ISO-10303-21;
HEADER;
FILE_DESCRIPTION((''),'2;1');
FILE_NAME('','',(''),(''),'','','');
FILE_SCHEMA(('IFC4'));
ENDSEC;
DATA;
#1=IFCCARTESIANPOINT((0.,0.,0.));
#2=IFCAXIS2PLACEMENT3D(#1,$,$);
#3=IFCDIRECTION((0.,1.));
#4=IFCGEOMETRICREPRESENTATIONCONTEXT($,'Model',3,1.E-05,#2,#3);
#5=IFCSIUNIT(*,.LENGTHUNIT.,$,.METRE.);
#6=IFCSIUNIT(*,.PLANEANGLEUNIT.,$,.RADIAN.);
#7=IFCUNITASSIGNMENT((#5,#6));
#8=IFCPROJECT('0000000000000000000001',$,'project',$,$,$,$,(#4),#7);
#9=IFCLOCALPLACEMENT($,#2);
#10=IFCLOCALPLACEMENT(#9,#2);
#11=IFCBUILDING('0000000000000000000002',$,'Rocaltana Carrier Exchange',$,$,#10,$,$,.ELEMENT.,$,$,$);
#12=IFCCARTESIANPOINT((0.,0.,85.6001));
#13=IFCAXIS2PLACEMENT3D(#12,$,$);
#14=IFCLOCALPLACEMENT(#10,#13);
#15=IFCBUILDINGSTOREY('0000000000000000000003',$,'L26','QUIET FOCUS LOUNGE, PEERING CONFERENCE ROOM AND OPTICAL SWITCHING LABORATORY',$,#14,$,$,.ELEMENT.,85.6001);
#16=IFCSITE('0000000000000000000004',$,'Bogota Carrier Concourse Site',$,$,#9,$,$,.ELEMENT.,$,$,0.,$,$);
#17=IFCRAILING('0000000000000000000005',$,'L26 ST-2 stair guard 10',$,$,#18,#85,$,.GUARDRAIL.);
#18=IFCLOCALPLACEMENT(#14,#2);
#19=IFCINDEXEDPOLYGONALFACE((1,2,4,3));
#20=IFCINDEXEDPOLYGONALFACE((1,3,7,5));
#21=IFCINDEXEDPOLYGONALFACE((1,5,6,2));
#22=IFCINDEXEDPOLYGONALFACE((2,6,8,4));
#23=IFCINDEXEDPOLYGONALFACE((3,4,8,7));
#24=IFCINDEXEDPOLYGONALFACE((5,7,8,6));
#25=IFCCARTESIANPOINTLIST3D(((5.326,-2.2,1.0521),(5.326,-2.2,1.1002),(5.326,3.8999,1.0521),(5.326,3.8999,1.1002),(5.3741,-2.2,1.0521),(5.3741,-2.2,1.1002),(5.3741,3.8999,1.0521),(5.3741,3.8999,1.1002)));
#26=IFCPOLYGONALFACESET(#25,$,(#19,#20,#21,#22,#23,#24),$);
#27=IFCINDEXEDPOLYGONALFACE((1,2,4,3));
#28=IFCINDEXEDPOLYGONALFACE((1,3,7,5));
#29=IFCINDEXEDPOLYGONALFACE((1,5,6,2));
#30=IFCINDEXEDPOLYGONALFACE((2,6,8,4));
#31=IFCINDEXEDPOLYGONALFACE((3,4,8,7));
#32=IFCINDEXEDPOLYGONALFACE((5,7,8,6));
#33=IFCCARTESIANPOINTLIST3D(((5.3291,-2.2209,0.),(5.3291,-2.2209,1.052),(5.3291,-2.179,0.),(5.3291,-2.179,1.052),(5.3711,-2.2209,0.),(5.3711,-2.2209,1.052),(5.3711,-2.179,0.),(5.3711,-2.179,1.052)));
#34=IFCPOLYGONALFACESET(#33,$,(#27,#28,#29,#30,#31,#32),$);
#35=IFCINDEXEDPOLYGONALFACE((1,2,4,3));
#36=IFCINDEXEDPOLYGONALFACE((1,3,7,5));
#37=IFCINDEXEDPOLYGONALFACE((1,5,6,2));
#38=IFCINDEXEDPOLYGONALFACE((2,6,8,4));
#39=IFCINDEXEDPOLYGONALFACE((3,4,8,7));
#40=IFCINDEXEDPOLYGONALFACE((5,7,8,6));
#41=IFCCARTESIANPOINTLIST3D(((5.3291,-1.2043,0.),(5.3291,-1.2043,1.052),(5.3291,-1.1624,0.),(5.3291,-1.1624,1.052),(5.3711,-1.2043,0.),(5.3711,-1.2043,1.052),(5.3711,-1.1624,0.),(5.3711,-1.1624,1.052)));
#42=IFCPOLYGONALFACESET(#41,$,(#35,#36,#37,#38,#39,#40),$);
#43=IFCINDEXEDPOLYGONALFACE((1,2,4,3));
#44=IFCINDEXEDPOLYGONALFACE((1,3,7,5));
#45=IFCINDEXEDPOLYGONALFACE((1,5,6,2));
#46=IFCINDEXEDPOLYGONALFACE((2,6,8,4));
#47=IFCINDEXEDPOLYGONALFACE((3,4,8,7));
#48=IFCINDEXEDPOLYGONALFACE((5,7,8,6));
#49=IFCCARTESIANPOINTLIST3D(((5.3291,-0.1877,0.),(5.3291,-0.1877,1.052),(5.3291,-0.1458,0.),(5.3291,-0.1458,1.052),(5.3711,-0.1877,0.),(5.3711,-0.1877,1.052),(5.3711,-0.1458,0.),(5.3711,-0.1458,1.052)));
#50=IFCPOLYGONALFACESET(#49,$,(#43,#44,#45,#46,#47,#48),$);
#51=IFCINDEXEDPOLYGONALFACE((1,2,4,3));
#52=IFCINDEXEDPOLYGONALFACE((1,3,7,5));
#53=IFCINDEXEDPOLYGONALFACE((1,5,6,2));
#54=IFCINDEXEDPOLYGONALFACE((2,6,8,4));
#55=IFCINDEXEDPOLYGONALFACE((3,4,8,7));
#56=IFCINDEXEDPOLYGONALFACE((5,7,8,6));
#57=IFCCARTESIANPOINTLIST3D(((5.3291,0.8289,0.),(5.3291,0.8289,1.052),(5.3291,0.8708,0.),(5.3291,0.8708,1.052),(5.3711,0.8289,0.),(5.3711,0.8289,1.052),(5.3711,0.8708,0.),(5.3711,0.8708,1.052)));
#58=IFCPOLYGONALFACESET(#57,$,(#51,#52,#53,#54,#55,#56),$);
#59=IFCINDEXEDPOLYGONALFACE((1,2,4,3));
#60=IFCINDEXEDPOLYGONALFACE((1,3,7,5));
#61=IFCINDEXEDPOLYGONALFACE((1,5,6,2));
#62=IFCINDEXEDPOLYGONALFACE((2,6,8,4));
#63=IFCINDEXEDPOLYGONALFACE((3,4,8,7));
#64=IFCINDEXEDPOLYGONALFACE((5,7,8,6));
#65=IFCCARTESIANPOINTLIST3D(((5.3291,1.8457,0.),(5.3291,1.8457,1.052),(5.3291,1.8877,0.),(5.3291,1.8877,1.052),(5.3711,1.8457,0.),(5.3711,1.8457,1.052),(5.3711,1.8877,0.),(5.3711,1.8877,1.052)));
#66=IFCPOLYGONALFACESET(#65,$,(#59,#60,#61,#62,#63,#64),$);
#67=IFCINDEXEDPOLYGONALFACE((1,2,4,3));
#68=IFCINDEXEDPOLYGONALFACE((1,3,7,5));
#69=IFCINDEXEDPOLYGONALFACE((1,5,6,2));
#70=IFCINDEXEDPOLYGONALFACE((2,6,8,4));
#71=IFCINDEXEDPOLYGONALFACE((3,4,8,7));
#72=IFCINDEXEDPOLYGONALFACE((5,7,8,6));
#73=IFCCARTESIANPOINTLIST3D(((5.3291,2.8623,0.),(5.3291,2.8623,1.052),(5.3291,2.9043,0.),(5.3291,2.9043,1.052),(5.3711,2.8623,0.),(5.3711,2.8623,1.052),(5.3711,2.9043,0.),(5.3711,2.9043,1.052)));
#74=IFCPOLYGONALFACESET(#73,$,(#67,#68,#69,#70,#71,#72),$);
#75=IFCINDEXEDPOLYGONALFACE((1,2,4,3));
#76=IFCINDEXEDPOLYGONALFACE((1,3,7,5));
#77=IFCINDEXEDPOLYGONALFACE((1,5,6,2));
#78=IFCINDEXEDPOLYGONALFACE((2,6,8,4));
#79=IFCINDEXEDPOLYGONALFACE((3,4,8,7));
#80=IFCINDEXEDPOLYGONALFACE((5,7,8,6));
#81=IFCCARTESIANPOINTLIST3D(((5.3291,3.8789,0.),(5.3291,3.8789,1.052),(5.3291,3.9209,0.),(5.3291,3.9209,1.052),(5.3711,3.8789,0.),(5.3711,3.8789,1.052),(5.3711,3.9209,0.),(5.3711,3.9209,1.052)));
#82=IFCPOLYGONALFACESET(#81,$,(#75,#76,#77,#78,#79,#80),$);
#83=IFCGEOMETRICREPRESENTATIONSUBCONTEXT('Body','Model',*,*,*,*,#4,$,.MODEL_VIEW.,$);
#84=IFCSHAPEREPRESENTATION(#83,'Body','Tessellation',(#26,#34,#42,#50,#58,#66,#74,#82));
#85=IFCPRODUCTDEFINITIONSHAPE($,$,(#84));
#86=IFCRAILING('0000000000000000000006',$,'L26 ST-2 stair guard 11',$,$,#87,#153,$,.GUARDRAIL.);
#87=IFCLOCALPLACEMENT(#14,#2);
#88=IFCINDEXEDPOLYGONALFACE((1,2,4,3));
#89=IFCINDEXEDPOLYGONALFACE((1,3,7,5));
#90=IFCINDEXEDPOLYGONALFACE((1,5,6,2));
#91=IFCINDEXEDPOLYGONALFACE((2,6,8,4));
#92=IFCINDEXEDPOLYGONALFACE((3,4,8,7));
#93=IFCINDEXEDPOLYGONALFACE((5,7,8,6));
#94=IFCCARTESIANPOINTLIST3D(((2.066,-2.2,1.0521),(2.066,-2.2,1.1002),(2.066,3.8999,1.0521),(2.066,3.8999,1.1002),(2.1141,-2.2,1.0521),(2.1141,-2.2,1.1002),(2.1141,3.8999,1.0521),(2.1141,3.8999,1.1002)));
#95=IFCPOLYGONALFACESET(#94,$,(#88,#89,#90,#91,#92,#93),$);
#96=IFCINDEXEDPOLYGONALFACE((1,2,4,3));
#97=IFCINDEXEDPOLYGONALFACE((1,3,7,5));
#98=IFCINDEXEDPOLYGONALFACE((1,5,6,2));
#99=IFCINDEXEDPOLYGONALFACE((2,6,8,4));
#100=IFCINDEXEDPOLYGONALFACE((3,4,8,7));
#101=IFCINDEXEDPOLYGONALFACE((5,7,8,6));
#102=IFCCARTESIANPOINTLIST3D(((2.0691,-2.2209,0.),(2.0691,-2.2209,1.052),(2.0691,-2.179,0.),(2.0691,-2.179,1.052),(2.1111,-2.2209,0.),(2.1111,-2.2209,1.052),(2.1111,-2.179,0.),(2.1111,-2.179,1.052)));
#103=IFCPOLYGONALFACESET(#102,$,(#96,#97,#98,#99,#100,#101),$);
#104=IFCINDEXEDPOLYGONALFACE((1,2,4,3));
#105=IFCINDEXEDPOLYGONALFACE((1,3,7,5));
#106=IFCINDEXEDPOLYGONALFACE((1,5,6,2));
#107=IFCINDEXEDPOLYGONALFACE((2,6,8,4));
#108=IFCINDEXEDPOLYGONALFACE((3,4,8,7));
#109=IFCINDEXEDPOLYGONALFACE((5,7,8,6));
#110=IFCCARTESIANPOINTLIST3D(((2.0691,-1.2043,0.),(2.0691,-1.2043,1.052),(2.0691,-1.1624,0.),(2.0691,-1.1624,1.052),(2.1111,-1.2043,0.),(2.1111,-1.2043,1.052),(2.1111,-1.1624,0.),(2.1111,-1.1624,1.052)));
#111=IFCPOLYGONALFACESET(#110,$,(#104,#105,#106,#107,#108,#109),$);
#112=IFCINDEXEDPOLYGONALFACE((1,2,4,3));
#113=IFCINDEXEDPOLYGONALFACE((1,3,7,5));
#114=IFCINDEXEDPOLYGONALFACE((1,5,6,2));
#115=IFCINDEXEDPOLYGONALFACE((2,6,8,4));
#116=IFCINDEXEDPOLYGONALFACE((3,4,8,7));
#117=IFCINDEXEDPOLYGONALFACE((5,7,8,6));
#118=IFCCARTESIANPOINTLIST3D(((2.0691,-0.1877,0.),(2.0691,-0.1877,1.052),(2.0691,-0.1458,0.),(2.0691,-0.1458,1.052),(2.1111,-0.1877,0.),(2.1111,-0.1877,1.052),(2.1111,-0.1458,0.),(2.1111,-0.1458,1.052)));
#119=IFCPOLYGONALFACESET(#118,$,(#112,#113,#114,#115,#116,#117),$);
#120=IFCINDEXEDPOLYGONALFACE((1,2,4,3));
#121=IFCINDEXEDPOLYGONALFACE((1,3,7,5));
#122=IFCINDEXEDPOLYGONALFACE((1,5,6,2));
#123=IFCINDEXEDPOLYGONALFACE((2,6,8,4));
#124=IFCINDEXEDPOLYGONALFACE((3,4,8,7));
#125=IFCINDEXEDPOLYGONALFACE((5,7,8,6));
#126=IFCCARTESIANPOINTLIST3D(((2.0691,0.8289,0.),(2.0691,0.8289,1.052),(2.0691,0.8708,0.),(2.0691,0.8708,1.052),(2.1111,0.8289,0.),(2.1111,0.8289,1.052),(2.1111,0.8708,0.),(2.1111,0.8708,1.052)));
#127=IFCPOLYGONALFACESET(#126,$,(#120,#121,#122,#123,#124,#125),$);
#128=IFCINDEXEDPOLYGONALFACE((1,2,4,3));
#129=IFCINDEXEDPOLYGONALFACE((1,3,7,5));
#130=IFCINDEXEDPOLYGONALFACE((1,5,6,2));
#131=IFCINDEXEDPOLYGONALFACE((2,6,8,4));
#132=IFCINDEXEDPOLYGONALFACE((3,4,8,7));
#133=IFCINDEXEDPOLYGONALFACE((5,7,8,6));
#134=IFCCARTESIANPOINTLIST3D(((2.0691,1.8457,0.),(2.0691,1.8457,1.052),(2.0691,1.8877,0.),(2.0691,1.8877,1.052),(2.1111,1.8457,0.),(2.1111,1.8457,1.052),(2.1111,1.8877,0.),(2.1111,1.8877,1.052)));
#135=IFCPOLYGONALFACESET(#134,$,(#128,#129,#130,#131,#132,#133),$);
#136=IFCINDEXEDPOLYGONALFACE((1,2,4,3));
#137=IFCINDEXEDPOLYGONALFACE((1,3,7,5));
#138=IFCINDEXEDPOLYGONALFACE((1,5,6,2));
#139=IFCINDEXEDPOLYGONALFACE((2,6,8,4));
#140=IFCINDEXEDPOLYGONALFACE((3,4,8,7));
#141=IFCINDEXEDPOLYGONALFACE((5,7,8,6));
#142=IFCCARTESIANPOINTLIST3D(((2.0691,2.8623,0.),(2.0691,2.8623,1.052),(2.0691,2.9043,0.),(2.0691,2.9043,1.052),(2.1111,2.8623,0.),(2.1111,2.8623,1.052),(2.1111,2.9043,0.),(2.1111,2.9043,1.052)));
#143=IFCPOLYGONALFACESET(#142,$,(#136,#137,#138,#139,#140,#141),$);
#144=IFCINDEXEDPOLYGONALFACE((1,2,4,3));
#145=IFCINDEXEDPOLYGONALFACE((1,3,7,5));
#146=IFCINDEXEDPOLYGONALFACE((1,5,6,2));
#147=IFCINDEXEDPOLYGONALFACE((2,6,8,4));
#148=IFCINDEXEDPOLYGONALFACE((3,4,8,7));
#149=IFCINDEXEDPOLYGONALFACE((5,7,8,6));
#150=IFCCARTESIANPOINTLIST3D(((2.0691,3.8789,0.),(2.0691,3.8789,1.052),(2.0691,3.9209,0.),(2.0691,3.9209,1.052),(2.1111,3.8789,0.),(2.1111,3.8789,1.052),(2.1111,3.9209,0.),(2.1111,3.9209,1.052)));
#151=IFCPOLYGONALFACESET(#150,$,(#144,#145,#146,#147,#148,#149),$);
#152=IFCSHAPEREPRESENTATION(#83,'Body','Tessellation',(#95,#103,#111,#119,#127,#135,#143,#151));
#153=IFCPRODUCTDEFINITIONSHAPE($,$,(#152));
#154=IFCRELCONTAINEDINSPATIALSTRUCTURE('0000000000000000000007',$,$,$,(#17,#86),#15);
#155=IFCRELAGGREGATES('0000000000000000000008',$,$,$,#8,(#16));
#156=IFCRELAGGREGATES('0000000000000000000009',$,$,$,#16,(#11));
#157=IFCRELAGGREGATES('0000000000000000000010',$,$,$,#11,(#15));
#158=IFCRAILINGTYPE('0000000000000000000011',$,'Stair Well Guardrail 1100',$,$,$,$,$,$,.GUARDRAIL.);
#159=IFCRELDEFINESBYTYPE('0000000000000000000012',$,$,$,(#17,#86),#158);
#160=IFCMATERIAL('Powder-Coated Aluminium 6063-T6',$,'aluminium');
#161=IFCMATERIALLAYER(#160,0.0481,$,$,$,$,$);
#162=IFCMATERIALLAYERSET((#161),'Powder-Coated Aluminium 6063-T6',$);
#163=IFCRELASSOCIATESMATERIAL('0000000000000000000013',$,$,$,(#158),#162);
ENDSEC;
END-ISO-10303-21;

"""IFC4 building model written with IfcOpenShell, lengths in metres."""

from ifc_helpers import new_model, si_unit, direction, frame, origin, origin_2d, place, context, subcontext, project, spatial, rectangle, extrude, material, layer, layer_set, type_object, element, save


model = new_model("IFC4")

# Units and contexts
model_context = context("Model", 3, precision=1e-05, world=origin(), true_north=direction((0.0, 1.0)))
body_context = subcontext(model_context, "Body", "Model", "MODEL_VIEW")
ifc_project = project(units=[si_unit("LENGTHUNIT", "METRE"), si_unit("PLANEANGLEUNIT", "RADIAN")], contexts=[model_context])

# Site, building, storey
site_placement = place(None, origin())
site = spatial("IfcSite", under=ifc_project, at=site_placement, Name="Bogota Carrier Concourse Site", CompositionType="ELEMENT", RefElevation=0.0)
building_placement = place(site_placement, origin())
building = spatial("IfcBuilding", under=site, at=building_placement, Name="Rocaltana Carrier Exchange", CompositionType="ELEMENT")
storey_placement = place(building_placement, frame((0.0, 0.0, 85.6001)))
storey = spatial("IfcBuildingStorey", under=building, at=storey_placement, Name="L26", Description="QUIET FOCUS LOUNGE, PEERING CONFERENCE ROOM AND OPTICAL SWITCHING LABORATORY", CompositionType="ELEMENT", Elevation=85.6001)

# Railings
ifc_material_1 = material(Name="Powder-Coated Aluminium 6063-T6", Category="aluminium")
ifc_layer_1 = layer(ifc_material_1, 0.0481)
ifc_layer_set_1 = layer_set([ifc_layer_1], Name="Powder-Coated Aluminium 6063-T6")
railing_type_1 = type_object("IfcRailingType", Name="Stair Well Guardrail 1100", PredefinedType="GUARDRAIL", material=ifc_layer_set_1)
for number, where, name in (
    (1, (5.3501, -2.2, 0.0), "L26 ST-2 stair guard 10"),
    (2, (2.0901, -2.2, 0.0), "L26 ST-2 stair guard 11"),
):
    element("IfcRailing", number, at=place(storey_placement, frame(where)), inside=storey, type_object=railing_type_1, Name=name, PredefinedType="GUARDRAIL", context=body_context, shape_type="SweptSolid", body=[
        extrude(rectangle(XDim=0.0481, YDim=0.0481, at=origin_2d()), frame((0.0, 0.0, 1.0762), z_axis=(0.0, 1.0, 0.0), x_axis=(-1.0, 0.0, 0.0)), (0.0, 0.0, 1.0), 6.0999),
        extrude(rectangle(XDim=0.042, YDim=0.042, at=origin_2d()), origin(), (0.0, 0.0, 1.0), 1.052),
        extrude(rectangle(XDim=0.042, YDim=0.042, at=origin_2d()), frame((0.0, 1.0166, 0.0)), (0.0, 0.0, 1.0), 1.052),
        extrude(rectangle(XDim=0.042, YDim=0.042, at=origin_2d()), frame((0.0, 2.0332, 0.0)), (0.0, 0.0, 1.0), 1.052),
        extrude(rectangle(XDim=0.042, YDim=0.042, at=origin_2d()), frame((0.0, 3.0498, 0.0)), (0.0, 0.0, 1.0), 1.052),
        extrude(rectangle(XDim=0.042, YDim=0.042, at=origin_2d()), frame((0.0, 4.0667, 0.0)), (0.0, 0.0, 1.0), 1.052),
        extrude(rectangle(XDim=0.042, YDim=0.042, at=origin_2d()), frame((0.0, 5.0833, 0.0)), (0.0, 0.0, 1.0), 1.052),
        extrude(rectangle(XDim=0.042, YDim=0.042, at=origin_2d()), frame((0.0, 6.0999, 0.0)), (0.0, 0.0, 1.0), 1.052),
    ])

save(model, "model.ifc")
